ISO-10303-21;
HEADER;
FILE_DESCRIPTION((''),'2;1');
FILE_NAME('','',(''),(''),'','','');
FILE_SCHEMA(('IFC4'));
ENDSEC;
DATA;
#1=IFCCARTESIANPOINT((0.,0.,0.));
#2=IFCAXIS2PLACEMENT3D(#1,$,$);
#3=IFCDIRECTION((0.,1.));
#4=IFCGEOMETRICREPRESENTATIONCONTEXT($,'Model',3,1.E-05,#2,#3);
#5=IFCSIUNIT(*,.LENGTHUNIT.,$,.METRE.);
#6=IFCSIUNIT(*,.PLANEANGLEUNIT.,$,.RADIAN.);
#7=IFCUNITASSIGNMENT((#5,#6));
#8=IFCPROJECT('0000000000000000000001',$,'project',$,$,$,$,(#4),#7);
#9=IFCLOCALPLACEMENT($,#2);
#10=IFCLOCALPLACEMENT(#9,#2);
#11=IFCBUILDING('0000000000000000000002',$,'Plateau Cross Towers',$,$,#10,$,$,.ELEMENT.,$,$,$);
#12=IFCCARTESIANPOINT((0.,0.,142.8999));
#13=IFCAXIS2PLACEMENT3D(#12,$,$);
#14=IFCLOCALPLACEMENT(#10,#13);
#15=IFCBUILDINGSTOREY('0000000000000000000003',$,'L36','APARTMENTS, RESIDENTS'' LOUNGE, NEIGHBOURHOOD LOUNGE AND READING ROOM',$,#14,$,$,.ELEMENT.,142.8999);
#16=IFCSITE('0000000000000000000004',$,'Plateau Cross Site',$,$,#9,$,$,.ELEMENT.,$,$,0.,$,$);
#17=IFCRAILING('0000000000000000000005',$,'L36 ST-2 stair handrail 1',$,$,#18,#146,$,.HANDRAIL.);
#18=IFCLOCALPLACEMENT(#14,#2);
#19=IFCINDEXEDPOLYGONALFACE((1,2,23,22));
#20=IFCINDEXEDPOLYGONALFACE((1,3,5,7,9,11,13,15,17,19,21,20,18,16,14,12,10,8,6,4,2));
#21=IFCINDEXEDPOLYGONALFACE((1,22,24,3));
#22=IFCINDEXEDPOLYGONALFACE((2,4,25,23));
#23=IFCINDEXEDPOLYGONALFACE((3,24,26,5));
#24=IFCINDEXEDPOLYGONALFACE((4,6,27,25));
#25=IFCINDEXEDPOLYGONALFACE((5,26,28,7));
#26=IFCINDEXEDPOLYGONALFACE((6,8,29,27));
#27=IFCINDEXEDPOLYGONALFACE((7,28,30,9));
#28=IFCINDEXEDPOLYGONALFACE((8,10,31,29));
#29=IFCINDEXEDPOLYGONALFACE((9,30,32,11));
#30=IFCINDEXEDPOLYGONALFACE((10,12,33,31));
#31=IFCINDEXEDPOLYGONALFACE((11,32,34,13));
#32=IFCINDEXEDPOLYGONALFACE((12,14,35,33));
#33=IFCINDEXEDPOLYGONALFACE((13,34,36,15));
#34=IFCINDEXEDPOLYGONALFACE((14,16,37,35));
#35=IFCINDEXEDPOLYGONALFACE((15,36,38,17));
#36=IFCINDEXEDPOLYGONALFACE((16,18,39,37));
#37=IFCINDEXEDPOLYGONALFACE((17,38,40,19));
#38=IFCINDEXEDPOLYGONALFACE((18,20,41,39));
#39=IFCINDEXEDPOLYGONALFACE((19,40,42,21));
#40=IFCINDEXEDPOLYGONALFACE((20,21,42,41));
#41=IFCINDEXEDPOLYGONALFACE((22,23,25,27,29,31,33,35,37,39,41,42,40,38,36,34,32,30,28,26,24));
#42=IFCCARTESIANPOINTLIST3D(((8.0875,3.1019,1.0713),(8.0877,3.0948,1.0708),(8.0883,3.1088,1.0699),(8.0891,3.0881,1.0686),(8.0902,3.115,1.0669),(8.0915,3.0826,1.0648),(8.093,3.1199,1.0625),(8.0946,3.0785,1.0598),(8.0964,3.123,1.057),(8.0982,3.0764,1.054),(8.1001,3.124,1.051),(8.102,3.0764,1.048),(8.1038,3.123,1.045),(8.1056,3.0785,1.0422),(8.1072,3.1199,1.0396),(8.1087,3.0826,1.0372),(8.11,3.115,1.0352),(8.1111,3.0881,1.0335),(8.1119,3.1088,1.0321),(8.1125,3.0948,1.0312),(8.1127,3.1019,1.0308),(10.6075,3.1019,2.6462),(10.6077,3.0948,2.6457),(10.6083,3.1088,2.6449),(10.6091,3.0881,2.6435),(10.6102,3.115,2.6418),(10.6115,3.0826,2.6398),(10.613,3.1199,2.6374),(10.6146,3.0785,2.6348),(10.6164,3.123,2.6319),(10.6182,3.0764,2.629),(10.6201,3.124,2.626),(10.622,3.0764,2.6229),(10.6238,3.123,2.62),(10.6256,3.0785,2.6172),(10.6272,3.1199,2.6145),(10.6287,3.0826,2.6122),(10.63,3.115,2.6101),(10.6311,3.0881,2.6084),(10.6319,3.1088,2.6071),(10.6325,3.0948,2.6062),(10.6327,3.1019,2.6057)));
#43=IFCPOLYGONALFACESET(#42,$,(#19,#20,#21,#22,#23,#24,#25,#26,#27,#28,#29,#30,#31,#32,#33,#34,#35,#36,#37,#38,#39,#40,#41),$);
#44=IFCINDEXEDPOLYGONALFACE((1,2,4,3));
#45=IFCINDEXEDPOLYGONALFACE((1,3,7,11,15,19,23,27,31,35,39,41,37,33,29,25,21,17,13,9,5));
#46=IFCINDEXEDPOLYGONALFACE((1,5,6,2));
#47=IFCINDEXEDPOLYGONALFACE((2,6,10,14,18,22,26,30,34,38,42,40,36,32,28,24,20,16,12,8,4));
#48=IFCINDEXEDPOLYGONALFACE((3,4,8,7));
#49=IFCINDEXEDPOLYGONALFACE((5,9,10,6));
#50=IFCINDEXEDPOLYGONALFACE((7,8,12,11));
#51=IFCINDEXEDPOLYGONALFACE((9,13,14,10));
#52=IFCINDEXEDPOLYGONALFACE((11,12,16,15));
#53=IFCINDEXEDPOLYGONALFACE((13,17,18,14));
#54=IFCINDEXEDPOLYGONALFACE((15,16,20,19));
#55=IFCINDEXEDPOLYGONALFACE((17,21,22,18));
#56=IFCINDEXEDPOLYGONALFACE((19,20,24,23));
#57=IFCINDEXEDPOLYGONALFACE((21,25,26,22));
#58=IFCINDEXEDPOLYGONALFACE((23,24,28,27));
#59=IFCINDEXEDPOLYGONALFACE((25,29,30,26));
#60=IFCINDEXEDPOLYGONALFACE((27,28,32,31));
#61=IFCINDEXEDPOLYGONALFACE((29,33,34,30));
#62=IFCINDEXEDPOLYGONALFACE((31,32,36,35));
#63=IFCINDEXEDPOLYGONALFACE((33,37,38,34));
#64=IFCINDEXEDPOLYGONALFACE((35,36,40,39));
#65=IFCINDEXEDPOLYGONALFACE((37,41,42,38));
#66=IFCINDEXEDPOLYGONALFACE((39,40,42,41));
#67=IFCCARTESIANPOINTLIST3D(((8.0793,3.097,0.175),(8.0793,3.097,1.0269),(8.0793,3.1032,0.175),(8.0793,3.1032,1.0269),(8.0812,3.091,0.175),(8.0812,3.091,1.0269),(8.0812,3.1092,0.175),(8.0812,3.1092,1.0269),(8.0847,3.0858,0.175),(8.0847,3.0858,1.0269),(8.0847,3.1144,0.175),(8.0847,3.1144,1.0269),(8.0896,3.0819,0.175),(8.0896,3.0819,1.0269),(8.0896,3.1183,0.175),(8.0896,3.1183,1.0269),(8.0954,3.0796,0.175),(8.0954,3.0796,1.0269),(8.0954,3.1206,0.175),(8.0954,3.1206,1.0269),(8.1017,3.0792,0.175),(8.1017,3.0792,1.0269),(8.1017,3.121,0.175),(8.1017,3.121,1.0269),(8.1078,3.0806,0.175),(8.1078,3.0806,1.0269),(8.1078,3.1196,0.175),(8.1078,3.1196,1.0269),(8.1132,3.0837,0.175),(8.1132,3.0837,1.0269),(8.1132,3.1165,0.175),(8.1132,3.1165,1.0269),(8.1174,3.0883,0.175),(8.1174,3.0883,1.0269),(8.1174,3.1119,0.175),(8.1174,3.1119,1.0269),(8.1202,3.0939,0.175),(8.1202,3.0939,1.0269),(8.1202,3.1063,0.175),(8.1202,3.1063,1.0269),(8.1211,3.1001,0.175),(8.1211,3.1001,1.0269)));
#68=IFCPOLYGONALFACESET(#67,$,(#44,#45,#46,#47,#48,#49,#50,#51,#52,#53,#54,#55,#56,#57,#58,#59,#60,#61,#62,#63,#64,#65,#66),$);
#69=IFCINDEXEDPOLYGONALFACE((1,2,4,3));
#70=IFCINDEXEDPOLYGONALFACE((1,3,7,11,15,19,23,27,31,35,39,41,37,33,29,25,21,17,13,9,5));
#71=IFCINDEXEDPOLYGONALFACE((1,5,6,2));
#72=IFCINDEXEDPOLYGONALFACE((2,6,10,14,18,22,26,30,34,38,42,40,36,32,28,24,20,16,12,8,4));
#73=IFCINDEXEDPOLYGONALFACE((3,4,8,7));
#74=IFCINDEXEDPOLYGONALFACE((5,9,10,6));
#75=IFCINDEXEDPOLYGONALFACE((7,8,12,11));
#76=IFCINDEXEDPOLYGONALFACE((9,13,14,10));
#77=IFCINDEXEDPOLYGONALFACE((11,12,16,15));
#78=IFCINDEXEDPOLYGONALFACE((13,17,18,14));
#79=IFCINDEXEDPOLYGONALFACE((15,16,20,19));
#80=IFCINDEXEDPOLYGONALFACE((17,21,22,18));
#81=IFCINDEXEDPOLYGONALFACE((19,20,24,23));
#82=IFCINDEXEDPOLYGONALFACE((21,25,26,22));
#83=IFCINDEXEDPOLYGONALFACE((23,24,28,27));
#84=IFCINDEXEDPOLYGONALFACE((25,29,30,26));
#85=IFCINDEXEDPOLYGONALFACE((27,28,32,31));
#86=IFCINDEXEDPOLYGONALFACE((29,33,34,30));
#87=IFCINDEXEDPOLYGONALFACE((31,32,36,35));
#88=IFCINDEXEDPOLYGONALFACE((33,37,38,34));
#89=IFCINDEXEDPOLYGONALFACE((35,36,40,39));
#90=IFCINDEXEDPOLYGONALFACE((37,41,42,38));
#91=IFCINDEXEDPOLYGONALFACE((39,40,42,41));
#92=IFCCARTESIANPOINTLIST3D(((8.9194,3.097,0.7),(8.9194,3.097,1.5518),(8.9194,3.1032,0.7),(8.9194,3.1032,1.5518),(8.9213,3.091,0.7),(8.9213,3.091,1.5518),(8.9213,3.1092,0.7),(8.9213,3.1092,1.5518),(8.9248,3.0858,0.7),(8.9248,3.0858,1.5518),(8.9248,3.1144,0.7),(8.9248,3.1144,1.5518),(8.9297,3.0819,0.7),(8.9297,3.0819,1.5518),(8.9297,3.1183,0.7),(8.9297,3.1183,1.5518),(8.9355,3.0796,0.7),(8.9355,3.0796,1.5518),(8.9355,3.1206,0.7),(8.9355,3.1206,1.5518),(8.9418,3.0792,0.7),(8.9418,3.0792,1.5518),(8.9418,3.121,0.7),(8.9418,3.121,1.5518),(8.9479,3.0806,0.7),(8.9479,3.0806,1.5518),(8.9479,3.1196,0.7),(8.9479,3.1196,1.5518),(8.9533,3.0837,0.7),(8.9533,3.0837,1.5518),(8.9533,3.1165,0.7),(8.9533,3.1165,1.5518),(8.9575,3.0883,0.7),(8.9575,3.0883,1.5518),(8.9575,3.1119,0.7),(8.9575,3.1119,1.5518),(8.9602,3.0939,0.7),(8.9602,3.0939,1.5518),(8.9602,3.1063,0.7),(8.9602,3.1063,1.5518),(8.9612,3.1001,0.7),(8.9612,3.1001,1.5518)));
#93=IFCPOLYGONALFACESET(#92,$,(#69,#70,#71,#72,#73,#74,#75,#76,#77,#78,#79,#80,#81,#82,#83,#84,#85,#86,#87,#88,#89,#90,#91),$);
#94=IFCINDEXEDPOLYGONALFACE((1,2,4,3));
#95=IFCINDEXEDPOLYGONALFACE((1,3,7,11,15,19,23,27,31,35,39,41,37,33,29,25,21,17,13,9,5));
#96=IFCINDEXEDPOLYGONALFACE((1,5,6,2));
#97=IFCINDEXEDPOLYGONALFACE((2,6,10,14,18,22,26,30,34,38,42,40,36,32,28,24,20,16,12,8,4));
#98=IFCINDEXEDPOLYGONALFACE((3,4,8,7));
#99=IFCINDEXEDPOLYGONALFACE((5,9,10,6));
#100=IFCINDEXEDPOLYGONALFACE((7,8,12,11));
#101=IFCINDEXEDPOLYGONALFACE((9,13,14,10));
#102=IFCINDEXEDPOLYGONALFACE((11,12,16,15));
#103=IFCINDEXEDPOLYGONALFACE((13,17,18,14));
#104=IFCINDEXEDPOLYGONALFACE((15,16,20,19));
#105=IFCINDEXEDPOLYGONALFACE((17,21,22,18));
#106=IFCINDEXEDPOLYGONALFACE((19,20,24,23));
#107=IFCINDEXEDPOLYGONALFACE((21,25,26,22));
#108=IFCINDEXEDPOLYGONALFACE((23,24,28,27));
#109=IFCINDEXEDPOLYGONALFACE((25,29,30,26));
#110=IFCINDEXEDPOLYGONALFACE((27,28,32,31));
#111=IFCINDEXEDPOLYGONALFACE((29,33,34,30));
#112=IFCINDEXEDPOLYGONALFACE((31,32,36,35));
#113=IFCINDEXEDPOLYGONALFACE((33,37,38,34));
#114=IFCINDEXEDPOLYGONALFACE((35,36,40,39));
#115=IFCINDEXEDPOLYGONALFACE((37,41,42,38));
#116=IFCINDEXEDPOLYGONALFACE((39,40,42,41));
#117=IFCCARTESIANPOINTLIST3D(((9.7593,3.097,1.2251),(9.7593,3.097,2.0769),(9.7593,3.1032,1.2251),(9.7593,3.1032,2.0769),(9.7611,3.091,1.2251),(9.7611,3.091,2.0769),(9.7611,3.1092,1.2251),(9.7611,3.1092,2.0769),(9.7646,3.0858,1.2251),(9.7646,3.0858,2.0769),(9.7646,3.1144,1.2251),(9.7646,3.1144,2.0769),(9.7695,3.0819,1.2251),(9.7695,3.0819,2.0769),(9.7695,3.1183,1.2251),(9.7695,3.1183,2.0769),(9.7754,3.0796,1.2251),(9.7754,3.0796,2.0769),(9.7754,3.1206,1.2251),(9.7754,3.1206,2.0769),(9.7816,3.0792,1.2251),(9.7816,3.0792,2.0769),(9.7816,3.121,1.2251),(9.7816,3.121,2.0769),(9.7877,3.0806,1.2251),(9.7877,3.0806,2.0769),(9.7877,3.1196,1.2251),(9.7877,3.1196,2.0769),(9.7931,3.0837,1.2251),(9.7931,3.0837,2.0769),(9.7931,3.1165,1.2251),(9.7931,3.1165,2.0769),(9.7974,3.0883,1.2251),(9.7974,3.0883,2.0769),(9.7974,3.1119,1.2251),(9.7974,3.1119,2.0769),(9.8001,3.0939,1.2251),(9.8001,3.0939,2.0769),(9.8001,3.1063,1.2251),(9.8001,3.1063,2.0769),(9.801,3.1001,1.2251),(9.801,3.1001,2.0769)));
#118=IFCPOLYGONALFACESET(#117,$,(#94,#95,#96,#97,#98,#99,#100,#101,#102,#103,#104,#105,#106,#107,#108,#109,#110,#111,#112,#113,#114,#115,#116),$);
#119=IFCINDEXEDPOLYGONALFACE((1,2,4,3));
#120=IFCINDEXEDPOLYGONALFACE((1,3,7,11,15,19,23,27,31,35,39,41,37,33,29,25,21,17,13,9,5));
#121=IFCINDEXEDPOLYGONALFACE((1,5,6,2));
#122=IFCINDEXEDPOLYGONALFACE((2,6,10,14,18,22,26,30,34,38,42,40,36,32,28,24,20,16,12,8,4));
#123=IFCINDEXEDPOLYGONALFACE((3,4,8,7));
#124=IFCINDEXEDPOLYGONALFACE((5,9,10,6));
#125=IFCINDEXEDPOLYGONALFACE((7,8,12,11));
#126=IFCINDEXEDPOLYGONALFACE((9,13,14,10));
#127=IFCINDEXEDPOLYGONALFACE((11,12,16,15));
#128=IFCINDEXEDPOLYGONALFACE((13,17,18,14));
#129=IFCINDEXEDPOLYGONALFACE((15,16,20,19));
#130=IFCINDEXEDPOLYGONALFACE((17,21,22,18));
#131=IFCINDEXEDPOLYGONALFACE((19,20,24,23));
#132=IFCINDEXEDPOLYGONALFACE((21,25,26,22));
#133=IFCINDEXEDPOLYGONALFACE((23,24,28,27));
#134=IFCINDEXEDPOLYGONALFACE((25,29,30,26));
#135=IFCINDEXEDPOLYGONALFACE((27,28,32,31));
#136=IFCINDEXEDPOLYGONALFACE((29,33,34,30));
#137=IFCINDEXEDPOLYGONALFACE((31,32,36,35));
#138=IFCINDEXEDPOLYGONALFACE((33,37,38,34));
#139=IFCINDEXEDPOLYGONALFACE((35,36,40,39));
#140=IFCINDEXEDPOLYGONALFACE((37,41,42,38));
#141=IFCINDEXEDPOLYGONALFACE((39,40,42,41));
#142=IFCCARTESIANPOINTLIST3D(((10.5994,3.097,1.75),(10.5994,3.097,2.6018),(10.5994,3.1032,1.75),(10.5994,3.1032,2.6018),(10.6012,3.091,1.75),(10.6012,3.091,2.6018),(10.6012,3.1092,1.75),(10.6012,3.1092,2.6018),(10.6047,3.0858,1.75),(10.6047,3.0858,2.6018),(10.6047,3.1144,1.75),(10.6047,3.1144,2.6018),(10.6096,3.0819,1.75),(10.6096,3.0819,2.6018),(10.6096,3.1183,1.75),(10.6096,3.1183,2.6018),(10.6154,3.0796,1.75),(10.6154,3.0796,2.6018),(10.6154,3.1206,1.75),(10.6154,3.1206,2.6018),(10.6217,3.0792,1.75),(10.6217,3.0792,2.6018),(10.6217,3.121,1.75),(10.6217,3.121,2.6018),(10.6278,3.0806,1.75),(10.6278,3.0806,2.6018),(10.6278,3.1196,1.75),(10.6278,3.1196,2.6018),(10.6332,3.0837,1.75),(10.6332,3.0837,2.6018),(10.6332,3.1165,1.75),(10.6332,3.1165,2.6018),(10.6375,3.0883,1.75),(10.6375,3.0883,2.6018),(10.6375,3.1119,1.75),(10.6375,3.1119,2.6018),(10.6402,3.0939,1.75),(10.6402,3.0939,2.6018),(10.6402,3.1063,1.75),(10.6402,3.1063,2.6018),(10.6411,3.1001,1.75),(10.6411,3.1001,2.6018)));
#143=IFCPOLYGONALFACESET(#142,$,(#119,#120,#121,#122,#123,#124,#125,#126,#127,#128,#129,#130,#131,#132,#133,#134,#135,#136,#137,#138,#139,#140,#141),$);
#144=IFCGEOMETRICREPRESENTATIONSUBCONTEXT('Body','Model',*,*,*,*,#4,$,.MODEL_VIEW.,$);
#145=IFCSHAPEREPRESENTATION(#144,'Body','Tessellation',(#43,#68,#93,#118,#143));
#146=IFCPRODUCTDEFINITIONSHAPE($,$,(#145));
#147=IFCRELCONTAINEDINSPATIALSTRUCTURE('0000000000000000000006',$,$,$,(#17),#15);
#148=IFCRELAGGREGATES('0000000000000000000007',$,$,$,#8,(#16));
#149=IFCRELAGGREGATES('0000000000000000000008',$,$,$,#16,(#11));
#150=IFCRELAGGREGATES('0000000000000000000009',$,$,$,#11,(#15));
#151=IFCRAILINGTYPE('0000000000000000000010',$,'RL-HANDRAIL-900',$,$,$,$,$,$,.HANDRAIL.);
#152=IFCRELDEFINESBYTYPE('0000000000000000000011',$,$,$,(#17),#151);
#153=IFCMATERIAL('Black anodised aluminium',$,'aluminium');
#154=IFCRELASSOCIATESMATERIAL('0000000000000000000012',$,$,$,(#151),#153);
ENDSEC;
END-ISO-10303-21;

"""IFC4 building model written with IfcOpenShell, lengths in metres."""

from ifc_helpers import new_model, si_unit, direction, frame, origin, origin_2d, place, context, subcontext, project, spatial, circle, extrude, material, type_object, element, save


model = new_model("IFC4")

# Units and contexts
model_context = context("Model", 3, precision=1e-05, world=origin(), true_north=direction((0.0, 1.0)))
body_context = subcontext(model_context, "Body", "Model", "MODEL_VIEW")
ifc_project = project(units=[si_unit("LENGTHUNIT", "METRE"), si_unit("PLANEANGLEUNIT", "RADIAN")], contexts=[model_context])

# Site, building, storey
site_placement = place(None, origin())
site = spatial("IfcSite", under=ifc_project, at=site_placement, Name="Plateau Cross Site", CompositionType="ELEMENT", RefElevation=0.0)
building_placement = place(site_placement, origin())
building = spatial("IfcBuilding", under=site, at=building_placement, Name="Plateau Cross Towers", CompositionType="ELEMENT")
storey_placement = place(building_placement, frame((0.0, 0.0, 142.8999)))
storey = spatial("IfcBuildingStorey", under=building, at=storey_placement, Name="L36", Description="APARTMENTS, RESIDENTS' LOUNGE, NEIGHBOURHOOD LOUNGE AND READING ROOM", CompositionType="ELEMENT", Elevation=142.8999)

# Shared definitions
ifc_material_1 = material(Name="Black anodised aluminium", Category="aluminium")

# Railing
railing_type_1 = type_object("IfcRailingType", Name="RL-HANDRAIL-900", PredefinedType="HANDRAIL", material=ifc_material_1)
railing_1_placement = place(storey_placement, frame((8.1001, 3.1001, 0.175)))
element("IfcRailing", 1, at=railing_1_placement, inside=storey, type_object=railing_type_1, Name="L36 ST-2 stair handrail 1", PredefinedType="HANDRAIL", context=body_context, shape_type="SweptSolid", body=[
    extrude(circle(Radius=0.0239, at=origin_2d()), frame((0.0, 0.0, 0.876), z_axis=(0.848008, 0.0, 0.529984), x_axis=(0.0, 1.0, 0.0)), (0.0, 0.0, 1.0), 2.9717),
    extrude(circle(Radius=0.021, at=origin_2d()), origin(), (0.0, 0.0, 1.0), 0.8518),
    extrude(circle(Radius=0.021, at=origin_2d()), frame((0.8401, 0.0, 0.5249)), (0.0, 0.0, 1.0), 0.8518),
    extrude(circle(Radius=0.021, at=origin_2d()), frame((1.6799, 0.0, 1.05)), (0.0, 0.0, 1.0), 0.8518),
    extrude(circle(Radius=0.021, at=origin_2d()), frame((2.52, 0.0, 1.575)), (0.0, 0.0, 1.0), 0.8518),
])

save(model, "model.ifc")
